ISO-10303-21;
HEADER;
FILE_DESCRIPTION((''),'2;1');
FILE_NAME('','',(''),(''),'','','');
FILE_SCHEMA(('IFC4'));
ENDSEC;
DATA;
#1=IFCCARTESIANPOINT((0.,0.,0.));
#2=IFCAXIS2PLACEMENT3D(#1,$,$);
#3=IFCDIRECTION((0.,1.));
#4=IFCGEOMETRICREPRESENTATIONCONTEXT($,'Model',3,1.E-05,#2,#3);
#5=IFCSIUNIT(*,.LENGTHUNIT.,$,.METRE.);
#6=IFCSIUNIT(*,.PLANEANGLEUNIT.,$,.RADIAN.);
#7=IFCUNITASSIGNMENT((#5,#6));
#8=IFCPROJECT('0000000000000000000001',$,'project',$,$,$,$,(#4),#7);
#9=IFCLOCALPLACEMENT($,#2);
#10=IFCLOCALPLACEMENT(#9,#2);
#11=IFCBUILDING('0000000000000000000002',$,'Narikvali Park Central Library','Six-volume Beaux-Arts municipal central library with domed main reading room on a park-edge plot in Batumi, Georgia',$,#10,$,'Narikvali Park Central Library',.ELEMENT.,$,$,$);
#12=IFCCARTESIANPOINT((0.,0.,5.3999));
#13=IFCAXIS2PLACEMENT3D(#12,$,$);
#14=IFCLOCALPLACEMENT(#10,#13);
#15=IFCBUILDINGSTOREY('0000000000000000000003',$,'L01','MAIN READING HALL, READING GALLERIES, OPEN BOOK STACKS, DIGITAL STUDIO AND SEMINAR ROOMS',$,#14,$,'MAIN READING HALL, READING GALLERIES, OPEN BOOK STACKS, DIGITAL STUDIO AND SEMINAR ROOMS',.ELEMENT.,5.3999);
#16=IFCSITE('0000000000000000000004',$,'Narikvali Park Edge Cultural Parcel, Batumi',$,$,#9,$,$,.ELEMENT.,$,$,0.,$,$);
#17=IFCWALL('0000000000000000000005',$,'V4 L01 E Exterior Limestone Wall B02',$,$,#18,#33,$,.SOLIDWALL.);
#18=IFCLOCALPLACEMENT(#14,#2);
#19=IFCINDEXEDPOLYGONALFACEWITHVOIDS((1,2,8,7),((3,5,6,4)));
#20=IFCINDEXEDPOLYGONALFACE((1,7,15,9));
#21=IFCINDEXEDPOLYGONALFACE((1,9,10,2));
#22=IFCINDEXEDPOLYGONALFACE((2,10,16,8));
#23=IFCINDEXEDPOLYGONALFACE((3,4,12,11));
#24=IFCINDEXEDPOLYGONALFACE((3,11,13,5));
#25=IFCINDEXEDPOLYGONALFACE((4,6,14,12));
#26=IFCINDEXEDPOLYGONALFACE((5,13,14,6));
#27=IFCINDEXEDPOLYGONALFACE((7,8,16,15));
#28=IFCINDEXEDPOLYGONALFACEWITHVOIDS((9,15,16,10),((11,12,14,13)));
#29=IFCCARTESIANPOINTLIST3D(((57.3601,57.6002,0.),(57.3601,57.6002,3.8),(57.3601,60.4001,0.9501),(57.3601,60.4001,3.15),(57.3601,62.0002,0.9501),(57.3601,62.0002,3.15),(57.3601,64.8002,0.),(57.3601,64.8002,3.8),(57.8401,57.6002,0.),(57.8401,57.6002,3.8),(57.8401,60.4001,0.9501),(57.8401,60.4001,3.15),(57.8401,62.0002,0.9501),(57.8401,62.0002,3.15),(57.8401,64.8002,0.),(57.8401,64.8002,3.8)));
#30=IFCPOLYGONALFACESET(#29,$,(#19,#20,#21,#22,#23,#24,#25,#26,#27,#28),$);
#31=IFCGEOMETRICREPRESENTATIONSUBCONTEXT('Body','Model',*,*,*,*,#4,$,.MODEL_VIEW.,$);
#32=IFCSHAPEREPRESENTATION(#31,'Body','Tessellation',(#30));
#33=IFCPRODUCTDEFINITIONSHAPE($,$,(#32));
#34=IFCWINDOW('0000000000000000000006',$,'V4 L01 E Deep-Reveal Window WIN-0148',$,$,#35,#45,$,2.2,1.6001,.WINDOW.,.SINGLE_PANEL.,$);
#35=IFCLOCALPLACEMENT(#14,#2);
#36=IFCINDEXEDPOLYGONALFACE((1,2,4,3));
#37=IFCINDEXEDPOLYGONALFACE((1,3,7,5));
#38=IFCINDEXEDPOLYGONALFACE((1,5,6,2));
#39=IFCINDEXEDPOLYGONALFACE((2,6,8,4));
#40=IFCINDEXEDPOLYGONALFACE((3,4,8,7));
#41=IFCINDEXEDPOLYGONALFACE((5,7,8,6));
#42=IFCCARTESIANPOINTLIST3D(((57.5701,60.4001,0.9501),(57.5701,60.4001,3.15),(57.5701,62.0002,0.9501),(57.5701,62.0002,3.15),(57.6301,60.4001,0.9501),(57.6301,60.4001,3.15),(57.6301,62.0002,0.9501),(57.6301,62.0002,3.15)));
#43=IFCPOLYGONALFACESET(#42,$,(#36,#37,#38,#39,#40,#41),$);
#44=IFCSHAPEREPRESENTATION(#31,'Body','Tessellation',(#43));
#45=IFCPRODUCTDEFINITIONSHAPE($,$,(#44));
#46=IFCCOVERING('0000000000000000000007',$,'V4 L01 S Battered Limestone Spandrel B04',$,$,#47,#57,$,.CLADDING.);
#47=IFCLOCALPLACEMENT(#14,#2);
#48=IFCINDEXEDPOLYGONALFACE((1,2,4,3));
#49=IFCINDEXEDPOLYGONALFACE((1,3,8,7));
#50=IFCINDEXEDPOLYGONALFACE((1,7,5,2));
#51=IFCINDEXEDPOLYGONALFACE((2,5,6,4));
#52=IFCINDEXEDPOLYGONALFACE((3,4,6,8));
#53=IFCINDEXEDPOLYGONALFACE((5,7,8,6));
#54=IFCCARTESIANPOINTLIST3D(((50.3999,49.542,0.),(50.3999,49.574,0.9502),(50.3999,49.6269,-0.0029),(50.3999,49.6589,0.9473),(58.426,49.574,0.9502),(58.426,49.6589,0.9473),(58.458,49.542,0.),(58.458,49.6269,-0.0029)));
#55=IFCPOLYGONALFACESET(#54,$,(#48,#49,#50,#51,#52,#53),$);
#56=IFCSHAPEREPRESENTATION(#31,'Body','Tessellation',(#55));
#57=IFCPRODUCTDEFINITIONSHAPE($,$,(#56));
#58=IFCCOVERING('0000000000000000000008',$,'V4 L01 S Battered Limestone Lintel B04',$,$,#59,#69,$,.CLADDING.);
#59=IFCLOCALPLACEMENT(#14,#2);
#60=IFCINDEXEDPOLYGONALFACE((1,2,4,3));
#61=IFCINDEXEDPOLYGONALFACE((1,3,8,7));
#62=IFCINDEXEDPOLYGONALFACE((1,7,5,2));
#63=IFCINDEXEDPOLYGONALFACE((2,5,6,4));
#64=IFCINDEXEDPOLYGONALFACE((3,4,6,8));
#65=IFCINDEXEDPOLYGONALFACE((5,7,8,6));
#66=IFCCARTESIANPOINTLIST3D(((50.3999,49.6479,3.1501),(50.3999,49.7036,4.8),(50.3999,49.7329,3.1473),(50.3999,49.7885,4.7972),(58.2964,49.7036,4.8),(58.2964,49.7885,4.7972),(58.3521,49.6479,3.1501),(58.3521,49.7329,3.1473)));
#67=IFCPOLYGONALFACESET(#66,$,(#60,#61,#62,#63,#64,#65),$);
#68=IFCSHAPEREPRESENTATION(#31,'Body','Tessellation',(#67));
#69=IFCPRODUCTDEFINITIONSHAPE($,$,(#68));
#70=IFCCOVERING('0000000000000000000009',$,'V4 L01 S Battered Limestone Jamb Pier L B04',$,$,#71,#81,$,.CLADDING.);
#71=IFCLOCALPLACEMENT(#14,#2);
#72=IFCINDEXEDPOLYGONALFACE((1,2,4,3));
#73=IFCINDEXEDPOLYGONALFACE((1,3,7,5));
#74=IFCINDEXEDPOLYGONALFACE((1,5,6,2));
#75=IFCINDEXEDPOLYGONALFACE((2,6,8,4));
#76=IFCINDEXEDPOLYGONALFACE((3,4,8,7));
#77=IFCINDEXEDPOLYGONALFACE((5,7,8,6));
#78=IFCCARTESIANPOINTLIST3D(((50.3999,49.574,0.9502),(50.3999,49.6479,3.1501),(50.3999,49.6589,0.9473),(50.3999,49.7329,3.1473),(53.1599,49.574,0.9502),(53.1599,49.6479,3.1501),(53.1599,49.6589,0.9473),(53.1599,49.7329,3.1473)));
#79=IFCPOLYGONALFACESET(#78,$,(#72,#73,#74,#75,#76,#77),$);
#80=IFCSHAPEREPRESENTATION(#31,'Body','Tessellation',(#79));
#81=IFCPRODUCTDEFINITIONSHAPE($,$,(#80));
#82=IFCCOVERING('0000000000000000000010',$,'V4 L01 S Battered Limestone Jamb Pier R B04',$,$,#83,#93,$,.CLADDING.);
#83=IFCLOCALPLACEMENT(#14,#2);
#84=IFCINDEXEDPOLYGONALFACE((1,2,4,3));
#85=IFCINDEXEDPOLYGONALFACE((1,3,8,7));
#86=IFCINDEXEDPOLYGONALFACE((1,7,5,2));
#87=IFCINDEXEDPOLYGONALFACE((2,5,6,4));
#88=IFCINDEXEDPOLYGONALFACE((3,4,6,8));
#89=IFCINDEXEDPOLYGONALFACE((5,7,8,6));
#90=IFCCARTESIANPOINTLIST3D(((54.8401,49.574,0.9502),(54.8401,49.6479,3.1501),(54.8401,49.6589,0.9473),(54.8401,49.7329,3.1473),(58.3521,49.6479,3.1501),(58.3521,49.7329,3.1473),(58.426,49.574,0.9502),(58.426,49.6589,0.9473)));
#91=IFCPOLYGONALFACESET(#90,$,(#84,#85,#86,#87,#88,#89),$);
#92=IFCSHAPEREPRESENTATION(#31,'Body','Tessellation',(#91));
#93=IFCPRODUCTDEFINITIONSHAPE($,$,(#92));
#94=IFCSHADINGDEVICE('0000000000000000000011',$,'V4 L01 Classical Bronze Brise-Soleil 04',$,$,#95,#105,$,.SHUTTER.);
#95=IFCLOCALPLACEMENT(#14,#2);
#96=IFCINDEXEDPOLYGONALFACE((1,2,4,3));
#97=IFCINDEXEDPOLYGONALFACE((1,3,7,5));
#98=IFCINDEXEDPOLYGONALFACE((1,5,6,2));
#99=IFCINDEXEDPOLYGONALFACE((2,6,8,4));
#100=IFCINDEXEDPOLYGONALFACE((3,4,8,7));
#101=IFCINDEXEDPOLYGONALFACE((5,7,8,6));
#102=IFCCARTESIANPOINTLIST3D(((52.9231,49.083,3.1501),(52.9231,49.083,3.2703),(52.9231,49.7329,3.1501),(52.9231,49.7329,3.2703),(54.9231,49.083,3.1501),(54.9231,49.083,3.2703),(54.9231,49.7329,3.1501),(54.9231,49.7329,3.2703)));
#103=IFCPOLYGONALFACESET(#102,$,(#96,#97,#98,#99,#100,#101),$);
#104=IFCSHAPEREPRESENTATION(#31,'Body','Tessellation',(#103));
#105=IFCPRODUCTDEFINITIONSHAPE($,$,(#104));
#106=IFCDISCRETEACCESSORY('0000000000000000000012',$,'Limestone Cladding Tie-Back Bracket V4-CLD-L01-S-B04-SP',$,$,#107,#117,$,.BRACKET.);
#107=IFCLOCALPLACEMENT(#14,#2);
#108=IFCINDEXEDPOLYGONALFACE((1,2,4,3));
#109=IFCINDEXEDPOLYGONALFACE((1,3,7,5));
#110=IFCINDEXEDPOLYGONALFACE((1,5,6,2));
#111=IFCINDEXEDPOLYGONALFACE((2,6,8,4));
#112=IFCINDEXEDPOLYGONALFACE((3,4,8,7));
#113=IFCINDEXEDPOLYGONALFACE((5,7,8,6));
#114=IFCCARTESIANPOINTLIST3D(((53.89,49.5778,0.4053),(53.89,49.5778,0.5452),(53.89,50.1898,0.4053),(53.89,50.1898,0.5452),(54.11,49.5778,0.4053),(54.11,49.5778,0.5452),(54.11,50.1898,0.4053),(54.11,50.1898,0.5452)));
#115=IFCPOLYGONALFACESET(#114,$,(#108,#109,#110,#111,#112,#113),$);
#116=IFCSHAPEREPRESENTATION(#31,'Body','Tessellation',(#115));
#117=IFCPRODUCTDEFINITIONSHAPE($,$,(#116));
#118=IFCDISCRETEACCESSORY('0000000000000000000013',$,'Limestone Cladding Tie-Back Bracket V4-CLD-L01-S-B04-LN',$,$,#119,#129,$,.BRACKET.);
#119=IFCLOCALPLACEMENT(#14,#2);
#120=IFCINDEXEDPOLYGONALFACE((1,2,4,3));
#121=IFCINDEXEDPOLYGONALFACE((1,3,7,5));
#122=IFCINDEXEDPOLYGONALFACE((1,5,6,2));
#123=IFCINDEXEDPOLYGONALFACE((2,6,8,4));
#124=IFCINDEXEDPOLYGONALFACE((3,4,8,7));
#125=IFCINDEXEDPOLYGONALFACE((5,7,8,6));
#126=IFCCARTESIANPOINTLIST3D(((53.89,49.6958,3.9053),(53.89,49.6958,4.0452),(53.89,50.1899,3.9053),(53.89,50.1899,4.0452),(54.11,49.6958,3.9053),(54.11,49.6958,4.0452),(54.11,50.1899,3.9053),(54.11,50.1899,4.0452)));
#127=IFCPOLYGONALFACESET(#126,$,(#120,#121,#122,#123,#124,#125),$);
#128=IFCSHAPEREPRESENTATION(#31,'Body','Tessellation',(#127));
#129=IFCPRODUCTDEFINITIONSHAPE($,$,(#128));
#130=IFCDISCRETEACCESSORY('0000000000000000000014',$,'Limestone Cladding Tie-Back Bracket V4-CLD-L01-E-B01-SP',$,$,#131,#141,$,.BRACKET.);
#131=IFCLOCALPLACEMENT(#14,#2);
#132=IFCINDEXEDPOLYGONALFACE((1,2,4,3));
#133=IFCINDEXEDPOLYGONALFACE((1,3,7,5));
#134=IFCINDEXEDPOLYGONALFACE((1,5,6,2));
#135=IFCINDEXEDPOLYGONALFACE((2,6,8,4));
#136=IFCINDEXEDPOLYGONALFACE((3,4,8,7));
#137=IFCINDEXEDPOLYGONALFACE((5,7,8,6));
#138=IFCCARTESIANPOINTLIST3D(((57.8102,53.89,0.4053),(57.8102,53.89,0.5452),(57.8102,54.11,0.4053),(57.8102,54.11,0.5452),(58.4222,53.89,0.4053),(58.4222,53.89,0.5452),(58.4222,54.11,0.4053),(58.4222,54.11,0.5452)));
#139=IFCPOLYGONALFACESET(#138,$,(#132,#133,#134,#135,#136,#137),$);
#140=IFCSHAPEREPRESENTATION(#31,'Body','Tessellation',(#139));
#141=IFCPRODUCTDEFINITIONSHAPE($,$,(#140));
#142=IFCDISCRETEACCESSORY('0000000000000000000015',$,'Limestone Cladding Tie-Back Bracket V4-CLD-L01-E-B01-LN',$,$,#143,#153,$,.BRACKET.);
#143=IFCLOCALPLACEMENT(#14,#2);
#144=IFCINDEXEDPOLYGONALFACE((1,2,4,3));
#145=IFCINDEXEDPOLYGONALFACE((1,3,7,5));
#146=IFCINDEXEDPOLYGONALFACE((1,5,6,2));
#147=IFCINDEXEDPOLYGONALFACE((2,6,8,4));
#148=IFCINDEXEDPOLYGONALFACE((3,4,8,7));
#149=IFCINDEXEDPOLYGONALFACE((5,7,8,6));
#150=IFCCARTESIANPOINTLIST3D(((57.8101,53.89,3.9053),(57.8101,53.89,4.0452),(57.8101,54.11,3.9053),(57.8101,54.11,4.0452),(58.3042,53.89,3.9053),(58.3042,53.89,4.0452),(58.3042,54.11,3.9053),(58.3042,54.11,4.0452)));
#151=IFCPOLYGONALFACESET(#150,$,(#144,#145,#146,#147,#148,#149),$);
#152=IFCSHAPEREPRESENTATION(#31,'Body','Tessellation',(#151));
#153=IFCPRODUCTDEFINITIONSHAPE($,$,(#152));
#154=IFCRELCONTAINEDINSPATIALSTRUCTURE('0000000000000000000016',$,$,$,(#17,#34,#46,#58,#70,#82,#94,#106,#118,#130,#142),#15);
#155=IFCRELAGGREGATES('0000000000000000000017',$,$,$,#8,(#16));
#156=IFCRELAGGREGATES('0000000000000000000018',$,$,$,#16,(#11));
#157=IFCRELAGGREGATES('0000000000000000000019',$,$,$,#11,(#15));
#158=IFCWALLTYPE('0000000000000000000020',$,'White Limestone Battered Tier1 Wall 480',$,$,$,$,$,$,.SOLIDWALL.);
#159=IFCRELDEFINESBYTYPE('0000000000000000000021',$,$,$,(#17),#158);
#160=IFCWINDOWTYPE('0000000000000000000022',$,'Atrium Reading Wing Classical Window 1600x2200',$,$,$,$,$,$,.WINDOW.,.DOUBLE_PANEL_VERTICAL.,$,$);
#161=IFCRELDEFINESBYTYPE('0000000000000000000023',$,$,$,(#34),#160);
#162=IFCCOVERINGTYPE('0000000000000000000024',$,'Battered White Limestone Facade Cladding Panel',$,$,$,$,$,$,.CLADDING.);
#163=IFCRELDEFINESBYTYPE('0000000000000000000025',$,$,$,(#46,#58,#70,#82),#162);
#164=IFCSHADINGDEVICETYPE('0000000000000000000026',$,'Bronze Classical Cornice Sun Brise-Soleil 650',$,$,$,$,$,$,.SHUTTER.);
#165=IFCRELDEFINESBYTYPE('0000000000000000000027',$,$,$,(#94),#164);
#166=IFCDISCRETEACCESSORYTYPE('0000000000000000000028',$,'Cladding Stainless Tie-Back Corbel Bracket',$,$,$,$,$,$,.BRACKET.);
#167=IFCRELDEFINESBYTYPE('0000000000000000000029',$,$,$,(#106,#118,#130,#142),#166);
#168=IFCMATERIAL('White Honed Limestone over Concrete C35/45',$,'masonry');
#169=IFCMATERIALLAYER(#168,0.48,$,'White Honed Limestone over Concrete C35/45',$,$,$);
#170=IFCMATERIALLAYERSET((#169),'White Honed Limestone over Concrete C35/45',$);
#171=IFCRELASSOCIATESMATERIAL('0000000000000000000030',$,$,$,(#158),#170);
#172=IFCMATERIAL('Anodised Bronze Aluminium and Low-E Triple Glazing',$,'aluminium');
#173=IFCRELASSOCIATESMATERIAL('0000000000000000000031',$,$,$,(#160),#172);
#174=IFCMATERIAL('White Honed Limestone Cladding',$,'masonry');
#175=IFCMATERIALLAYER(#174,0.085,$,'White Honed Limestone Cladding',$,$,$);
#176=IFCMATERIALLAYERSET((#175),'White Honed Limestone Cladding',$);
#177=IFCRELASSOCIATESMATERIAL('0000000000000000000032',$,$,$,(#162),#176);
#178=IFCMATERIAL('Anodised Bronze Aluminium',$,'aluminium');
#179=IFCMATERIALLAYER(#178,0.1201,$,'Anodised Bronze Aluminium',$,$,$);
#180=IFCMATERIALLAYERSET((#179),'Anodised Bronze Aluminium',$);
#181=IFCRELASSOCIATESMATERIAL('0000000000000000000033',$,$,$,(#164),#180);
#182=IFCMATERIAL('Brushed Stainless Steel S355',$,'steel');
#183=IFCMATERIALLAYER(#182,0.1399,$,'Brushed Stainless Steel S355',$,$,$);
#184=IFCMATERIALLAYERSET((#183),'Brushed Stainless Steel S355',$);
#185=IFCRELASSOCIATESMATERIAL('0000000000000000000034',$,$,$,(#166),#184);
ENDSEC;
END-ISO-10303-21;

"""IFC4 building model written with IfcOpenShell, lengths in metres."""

from ifc_helpers import new_model, si_unit, direction, frame, frame_2d, origin, origin_2d, place, context, subcontext, project, spatial, polyline, rectangle, outline, extrude, material, layer, layer_set, type_object, element, fill, save


model = new_model("IFC4")

# Units and contexts
model_context = context("Model", 3, precision=1e-05, world=origin(), true_north=direction((0.0, 1.0)))
body_context = subcontext(model_context, "Body", "Model", "MODEL_VIEW")
ifc_project = project(units=[si_unit("LENGTHUNIT", "METRE"), si_unit("PLANEANGLEUNIT", "RADIAN")], contexts=[model_context])

# Site, building, storey
site_placement = place(None, origin())
site = spatial("IfcSite", under=ifc_project, at=site_placement, Name="Narikvali Park Edge Cultural Parcel, Batumi", CompositionType="ELEMENT", RefElevation=0.0)
building_placement = place(site_placement, origin())
building = spatial("IfcBuilding", under=site, at=building_placement, Name="Narikvali Park Central Library", Description="Six-volume Beaux-Arts municipal central library with domed main reading room on a park-edge plot in Batumi, Georgia", LongName="Narikvali Park Central Library", CompositionType="ELEMENT")
storey_placement = place(building_placement, frame((0.0, 0.0, 5.3999)))
storey = spatial("IfcBuildingStorey", under=building, at=storey_placement, Name="L01", Description="MAIN READING HALL, READING GALLERIES, OPEN BOOK STACKS, DIGITAL STUDIO AND SEMINAR ROOMS", LongName="MAIN READING HALL, READING GALLERIES, OPEN BOOK STACKS, DIGITAL STUDIO AND SEMINAR ROOMS", CompositionType="ELEMENT", Elevation=5.3999)

# Wall, opening, window
ifc_material_1 = material(Name="White Honed Limestone over Concrete C35/45", Category="masonry")
ifc_layer_1 = layer(ifc_material_1, 0.48, Name="White Honed Limestone over Concrete C35/45")
ifc_layer_set_1 = layer_set([ifc_layer_1], Name="White Honed Limestone over Concrete C35/45")
wall_type_1 = type_object("IfcWallType", Name="White Limestone Battered Tier1 Wall 480", PredefinedType="SOLIDWALL", material=ifc_layer_set_1)
ifc_material_2 = material(Name="Anodised Bronze Aluminium and Low-E Triple Glazing", Category="aluminium")
window_type = type_object("IfcWindowType", Name="Atrium Reading Wing Classical Window 1600x2200", PartitioningType="DOUBLE_PANEL_VERTICAL", PredefinedType="WINDOW", material=ifc_material_2)
wall_1_placement = place(storey_placement, frame((57.6001, 57.6001, 0.0), z_axis=(0.0, 0.0, 1.0), x_axis=(0.0, 1.0, 0.0)))
wall_1 = element("IfcWall", 1, at=wall_1_placement, inside=storey, type_object=wall_type_1, Name="V4 L01 E Exterior Limestone Wall B02", PredefinedType="SOLIDWALL", context=body_context, shape_type="SweptSolid", body=[
    extrude(rectangle(XDim=7.2, YDim=0.48, at=frame_2d((3.6001, 0.0))), origin(), (0.0, 0.0, 1.0), 3.8),
])
opening_1_placement = place(wall_1_placement, frame((2.8, 0.0, 0.95)))
opening_1 = element("IfcOpeningElement", 2, at=opening_1_placement, cuts=wall_1, PredefinedType="OPENING", context=body_context, shape_type="SweptSolid", body=[
    extrude(rectangle(XDim=1.6001, YDim=2.2, at=frame_2d((0.8, 1.1001))), frame((0.0, 0.252, 0.0), z_axis=(0.0, -1.0, 0.0), x_axis=(1.0, 0.0, 0.0)), (0.0, 0.0, 1.0), 0.5039),
])
window_1_placement = place(opening_1_placement, origin())
window_1 = element("IfcWindow", 3, at=window_1_placement, inside=storey, type_object=window_type, Name="V4 L01 E Deep-Reveal Window WIN-0148", OverallHeight=2.2, OverallWidth=1.6001, PartitioningType="SINGLE_PANEL", PredefinedType="WINDOW", context=body_context, shape_type="SweptSolid", body=[
    extrude(rectangle(XDim=1.6001, YDim=2.2, at=frame_2d((0.8, 1.1001))), frame((0.0, 0.03, 0.0), z_axis=(0.0, -1.0, 0.0), x_axis=(1.0, 0.0, 0.0)), (0.0, 0.0, 1.0), 0.0601),
])
fill(opening_1, window_1)

# Coverings
ifc_material_3 = material(Name="White Honed Limestone Cladding", Category="masonry")
ifc_layer_2 = layer(ifc_material_3, 0.085, Name="White Honed Limestone Cladding")
ifc_layer_set_2 = layer_set([ifc_layer_2], Name="White Honed Limestone Cladding")
covering_type = type_object("IfcCoveringType", Name="Battered White Limestone Facade Cladding Panel", PredefinedType="CLADDING", material=ifc_layer_set_2)
covering_1_placement = place(storey_placement, frame((50.3999, 49.542, 0.0), z_axis=(0.0, -0.999434, 0.03364), x_axis=(1.0, 0.0, 0.0)))
element("IfcCovering", 4, at=covering_1_placement, inside=storey, type_object=covering_type, Name="V4 L01 S Battered Limestone Spandrel B04", PredefinedType="CLADDING", context=body_context, shape_type="SweptSolid", body=[
    extrude(outline(polyline([(0.0, 0.0), (8.0581, 0.0), (8.0261, 0.9507), (0.0, 0.9507), (0.0, 0.0)])), origin(), (0.0, 0.0, -1.0), 0.085),
])
covering_2_placement = place(storey_placement, frame((50.3999, 49.6479, 3.1501), z_axis=(0.0, -0.999431, 0.033719), x_axis=(1.0, 0.0, 0.0)))
element("IfcCovering", 5, at=covering_2_placement, inside=storey, type_object=covering_type, Name="V4 L01 S Battered Limestone Lintel B04", PredefinedType="CLADDING", context=body_context, shape_type="SweptSolid", body=[
    extrude(outline(polyline([(0.0, 0.0), (7.9521, 0.0), (7.8965, 1.6508), (0.0, 1.6508), (0.0, 0.0)])), origin(), (0.0, 0.0, -1.0), 0.085),
])
covering_3_placement = place(storey_placement, frame((50.3999, 49.574, 0.9502), z_axis=(0.0, -0.999435, 0.033607), x_axis=(1.0, 0.0, 0.0)))
element("IfcCovering", 6, at=covering_3_placement, inside=storey, type_object=covering_type, Name="V4 L01 S Battered Limestone Jamb Pier L B04", PredefinedType="CLADDING", context=body_context, shape_type="SweptSolid", body=[
    extrude(outline(polyline([(0.0, 0.0), (2.76, 0.0), (2.76, 2.2012), (0.0, 2.2012), (0.0, 0.0)])), origin(), (0.0, 0.0, -1.0), 0.085),
])
covering_4_placement = place(storey_placement, frame((54.8401, 49.574, 0.9502), z_axis=(0.0, -0.999435, 0.033607), x_axis=(1.0, 0.0, 0.0)))
element("IfcCovering", 7, at=covering_4_placement, inside=storey, type_object=covering_type, Name="V4 L01 S Battered Limestone Jamb Pier R B04", PredefinedType="CLADDING", context=body_context, shape_type="SweptSolid", body=[
    extrude(outline(polyline([(0.0, 0.0), (3.5859, 0.0), (3.512, 2.2012), (0.0, 2.2012), (0.0, 0.0)])), origin(), (0.0, 0.0, -1.0), 0.085),
])

# Shading device
ifc_material_4 = material(Name="Anodised Bronze Aluminium", Category="aluminium")
ifc_layer_3 = layer(ifc_material_4, 0.1201, Name="Anodised Bronze Aluminium")
ifc_layer_set_3 = layer_set([ifc_layer_3], Name="Anodised Bronze Aluminium")
shading_device_type = type_object("IfcShadingDeviceType", Name="Bronze Classical Cornice Sun Brise-Soleil 650", PredefinedType="SHUTTER", material=ifc_layer_set_3)
shading_device_placement = place(storey_placement, frame((53.9231, 49.408, 3.1501), z_axis=(0.0, 0.0, 1.0), x_axis=(1.0, 0.0, 0.0)))
element("IfcShadingDevice", 8, at=shading_device_placement, inside=storey, type_object=shading_device_type, Name="V4 L01 Classical Bronze Brise-Soleil 04", PredefinedType="SHUTTER", context=body_context, shape_type="SweptSolid", body=[
    extrude(rectangle(XDim=2.0, YDim=0.6499, at=origin_2d()), origin(), (0.0, 0.0, 1.0), 0.1201),
])

# Discrete accessories
ifc_material_5 = material(Name="Brushed Stainless Steel S355", Category="steel")
ifc_layer_4 = layer(ifc_material_5, 0.1399, Name="Brushed Stainless Steel S355")
ifc_layer_set_4 = layer_set([ifc_layer_4], Name="Brushed Stainless Steel S355")
discrete_accessory_type = type_object("IfcDiscreteAccessoryType", Name="Cladding Stainless Tie-Back Corbel Bracket", PredefinedType="BRACKET", material=ifc_layer_set_4)
discrete_accessory_1_placement = place(storey_placement, frame((54.0, 49.8838, 0.4053), z_axis=(0.0, 0.0, 1.0), x_axis=(1.0, 0.0, 0.0)))
element("IfcDiscreteAccessory", 9, at=discrete_accessory_1_placement, inside=storey, type_object=discrete_accessory_type, Name="Limestone Cladding Tie-Back Bracket V4-CLD-L01-S-B04-SP", PredefinedType="BRACKET", context=body_context, shape_type="SweptSolid", body=[
    extrude(rectangle(XDim=0.22, YDim=0.6121, at=origin_2d()), origin(), (0.0, 0.0, 1.0), 0.1399),
])
discrete_accessory_2_placement = place(storey_placement, frame((54.0, 49.9429, 3.9053), z_axis=(0.0, 0.0, 1.0), x_axis=(1.0, 0.0, 0.0)))
element("IfcDiscreteAccessory", 10, at=discrete_accessory_2_placement, inside=storey, type_object=discrete_accessory_type, Name="Limestone Cladding Tie-Back Bracket V4-CLD-L01-S-B04-LN", PredefinedType="BRACKET", context=body_context, shape_type="SweptSolid", body=[
    extrude(rectangle(XDim=0.22, YDim=0.4941, at=origin_2d()), origin(), (0.0, 0.0, 1.0), 0.1399),
])
discrete_accessory_3_placement = place(storey_placement, frame((58.1162, 54.0, 0.4053), z_axis=(0.0, 0.0, 1.0), x_axis=(1.0, 0.0, 0.0)))
element("IfcDiscreteAccessory", 11, at=discrete_accessory_3_placement, inside=storey, type_object=discrete_accessory_type, Name="Limestone Cladding Tie-Back Bracket V4-CLD-L01-E-B01-SP", PredefinedType="BRACKET", context=body_context, shape_type="SweptSolid", body=[
    extrude(rectangle(XDim=0.6121, YDim=0.22, at=origin_2d()), origin(), (0.0, 0.0, 1.0), 0.1399),
])
discrete_accessory_4_placement = place(storey_placement, frame((58.0571, 54.0, 3.9053), z_axis=(0.0, 0.0, 1.0), x_axis=(1.0, 0.0, 0.0)))
element("IfcDiscreteAccessory", 12, at=discrete_accessory_4_placement, inside=storey, type_object=discrete_accessory_type, Name="Limestone Cladding Tie-Back Bracket V4-CLD-L01-E-B01-LN", PredefinedType="BRACKET", context=body_context, shape_type="SweptSolid", body=[
    extrude(rectangle(XDim=0.4941, YDim=0.22, at=origin_2d()), origin(), (0.0, 0.0, 1.0), 0.1399),
])

save(model, "model.ifc")
